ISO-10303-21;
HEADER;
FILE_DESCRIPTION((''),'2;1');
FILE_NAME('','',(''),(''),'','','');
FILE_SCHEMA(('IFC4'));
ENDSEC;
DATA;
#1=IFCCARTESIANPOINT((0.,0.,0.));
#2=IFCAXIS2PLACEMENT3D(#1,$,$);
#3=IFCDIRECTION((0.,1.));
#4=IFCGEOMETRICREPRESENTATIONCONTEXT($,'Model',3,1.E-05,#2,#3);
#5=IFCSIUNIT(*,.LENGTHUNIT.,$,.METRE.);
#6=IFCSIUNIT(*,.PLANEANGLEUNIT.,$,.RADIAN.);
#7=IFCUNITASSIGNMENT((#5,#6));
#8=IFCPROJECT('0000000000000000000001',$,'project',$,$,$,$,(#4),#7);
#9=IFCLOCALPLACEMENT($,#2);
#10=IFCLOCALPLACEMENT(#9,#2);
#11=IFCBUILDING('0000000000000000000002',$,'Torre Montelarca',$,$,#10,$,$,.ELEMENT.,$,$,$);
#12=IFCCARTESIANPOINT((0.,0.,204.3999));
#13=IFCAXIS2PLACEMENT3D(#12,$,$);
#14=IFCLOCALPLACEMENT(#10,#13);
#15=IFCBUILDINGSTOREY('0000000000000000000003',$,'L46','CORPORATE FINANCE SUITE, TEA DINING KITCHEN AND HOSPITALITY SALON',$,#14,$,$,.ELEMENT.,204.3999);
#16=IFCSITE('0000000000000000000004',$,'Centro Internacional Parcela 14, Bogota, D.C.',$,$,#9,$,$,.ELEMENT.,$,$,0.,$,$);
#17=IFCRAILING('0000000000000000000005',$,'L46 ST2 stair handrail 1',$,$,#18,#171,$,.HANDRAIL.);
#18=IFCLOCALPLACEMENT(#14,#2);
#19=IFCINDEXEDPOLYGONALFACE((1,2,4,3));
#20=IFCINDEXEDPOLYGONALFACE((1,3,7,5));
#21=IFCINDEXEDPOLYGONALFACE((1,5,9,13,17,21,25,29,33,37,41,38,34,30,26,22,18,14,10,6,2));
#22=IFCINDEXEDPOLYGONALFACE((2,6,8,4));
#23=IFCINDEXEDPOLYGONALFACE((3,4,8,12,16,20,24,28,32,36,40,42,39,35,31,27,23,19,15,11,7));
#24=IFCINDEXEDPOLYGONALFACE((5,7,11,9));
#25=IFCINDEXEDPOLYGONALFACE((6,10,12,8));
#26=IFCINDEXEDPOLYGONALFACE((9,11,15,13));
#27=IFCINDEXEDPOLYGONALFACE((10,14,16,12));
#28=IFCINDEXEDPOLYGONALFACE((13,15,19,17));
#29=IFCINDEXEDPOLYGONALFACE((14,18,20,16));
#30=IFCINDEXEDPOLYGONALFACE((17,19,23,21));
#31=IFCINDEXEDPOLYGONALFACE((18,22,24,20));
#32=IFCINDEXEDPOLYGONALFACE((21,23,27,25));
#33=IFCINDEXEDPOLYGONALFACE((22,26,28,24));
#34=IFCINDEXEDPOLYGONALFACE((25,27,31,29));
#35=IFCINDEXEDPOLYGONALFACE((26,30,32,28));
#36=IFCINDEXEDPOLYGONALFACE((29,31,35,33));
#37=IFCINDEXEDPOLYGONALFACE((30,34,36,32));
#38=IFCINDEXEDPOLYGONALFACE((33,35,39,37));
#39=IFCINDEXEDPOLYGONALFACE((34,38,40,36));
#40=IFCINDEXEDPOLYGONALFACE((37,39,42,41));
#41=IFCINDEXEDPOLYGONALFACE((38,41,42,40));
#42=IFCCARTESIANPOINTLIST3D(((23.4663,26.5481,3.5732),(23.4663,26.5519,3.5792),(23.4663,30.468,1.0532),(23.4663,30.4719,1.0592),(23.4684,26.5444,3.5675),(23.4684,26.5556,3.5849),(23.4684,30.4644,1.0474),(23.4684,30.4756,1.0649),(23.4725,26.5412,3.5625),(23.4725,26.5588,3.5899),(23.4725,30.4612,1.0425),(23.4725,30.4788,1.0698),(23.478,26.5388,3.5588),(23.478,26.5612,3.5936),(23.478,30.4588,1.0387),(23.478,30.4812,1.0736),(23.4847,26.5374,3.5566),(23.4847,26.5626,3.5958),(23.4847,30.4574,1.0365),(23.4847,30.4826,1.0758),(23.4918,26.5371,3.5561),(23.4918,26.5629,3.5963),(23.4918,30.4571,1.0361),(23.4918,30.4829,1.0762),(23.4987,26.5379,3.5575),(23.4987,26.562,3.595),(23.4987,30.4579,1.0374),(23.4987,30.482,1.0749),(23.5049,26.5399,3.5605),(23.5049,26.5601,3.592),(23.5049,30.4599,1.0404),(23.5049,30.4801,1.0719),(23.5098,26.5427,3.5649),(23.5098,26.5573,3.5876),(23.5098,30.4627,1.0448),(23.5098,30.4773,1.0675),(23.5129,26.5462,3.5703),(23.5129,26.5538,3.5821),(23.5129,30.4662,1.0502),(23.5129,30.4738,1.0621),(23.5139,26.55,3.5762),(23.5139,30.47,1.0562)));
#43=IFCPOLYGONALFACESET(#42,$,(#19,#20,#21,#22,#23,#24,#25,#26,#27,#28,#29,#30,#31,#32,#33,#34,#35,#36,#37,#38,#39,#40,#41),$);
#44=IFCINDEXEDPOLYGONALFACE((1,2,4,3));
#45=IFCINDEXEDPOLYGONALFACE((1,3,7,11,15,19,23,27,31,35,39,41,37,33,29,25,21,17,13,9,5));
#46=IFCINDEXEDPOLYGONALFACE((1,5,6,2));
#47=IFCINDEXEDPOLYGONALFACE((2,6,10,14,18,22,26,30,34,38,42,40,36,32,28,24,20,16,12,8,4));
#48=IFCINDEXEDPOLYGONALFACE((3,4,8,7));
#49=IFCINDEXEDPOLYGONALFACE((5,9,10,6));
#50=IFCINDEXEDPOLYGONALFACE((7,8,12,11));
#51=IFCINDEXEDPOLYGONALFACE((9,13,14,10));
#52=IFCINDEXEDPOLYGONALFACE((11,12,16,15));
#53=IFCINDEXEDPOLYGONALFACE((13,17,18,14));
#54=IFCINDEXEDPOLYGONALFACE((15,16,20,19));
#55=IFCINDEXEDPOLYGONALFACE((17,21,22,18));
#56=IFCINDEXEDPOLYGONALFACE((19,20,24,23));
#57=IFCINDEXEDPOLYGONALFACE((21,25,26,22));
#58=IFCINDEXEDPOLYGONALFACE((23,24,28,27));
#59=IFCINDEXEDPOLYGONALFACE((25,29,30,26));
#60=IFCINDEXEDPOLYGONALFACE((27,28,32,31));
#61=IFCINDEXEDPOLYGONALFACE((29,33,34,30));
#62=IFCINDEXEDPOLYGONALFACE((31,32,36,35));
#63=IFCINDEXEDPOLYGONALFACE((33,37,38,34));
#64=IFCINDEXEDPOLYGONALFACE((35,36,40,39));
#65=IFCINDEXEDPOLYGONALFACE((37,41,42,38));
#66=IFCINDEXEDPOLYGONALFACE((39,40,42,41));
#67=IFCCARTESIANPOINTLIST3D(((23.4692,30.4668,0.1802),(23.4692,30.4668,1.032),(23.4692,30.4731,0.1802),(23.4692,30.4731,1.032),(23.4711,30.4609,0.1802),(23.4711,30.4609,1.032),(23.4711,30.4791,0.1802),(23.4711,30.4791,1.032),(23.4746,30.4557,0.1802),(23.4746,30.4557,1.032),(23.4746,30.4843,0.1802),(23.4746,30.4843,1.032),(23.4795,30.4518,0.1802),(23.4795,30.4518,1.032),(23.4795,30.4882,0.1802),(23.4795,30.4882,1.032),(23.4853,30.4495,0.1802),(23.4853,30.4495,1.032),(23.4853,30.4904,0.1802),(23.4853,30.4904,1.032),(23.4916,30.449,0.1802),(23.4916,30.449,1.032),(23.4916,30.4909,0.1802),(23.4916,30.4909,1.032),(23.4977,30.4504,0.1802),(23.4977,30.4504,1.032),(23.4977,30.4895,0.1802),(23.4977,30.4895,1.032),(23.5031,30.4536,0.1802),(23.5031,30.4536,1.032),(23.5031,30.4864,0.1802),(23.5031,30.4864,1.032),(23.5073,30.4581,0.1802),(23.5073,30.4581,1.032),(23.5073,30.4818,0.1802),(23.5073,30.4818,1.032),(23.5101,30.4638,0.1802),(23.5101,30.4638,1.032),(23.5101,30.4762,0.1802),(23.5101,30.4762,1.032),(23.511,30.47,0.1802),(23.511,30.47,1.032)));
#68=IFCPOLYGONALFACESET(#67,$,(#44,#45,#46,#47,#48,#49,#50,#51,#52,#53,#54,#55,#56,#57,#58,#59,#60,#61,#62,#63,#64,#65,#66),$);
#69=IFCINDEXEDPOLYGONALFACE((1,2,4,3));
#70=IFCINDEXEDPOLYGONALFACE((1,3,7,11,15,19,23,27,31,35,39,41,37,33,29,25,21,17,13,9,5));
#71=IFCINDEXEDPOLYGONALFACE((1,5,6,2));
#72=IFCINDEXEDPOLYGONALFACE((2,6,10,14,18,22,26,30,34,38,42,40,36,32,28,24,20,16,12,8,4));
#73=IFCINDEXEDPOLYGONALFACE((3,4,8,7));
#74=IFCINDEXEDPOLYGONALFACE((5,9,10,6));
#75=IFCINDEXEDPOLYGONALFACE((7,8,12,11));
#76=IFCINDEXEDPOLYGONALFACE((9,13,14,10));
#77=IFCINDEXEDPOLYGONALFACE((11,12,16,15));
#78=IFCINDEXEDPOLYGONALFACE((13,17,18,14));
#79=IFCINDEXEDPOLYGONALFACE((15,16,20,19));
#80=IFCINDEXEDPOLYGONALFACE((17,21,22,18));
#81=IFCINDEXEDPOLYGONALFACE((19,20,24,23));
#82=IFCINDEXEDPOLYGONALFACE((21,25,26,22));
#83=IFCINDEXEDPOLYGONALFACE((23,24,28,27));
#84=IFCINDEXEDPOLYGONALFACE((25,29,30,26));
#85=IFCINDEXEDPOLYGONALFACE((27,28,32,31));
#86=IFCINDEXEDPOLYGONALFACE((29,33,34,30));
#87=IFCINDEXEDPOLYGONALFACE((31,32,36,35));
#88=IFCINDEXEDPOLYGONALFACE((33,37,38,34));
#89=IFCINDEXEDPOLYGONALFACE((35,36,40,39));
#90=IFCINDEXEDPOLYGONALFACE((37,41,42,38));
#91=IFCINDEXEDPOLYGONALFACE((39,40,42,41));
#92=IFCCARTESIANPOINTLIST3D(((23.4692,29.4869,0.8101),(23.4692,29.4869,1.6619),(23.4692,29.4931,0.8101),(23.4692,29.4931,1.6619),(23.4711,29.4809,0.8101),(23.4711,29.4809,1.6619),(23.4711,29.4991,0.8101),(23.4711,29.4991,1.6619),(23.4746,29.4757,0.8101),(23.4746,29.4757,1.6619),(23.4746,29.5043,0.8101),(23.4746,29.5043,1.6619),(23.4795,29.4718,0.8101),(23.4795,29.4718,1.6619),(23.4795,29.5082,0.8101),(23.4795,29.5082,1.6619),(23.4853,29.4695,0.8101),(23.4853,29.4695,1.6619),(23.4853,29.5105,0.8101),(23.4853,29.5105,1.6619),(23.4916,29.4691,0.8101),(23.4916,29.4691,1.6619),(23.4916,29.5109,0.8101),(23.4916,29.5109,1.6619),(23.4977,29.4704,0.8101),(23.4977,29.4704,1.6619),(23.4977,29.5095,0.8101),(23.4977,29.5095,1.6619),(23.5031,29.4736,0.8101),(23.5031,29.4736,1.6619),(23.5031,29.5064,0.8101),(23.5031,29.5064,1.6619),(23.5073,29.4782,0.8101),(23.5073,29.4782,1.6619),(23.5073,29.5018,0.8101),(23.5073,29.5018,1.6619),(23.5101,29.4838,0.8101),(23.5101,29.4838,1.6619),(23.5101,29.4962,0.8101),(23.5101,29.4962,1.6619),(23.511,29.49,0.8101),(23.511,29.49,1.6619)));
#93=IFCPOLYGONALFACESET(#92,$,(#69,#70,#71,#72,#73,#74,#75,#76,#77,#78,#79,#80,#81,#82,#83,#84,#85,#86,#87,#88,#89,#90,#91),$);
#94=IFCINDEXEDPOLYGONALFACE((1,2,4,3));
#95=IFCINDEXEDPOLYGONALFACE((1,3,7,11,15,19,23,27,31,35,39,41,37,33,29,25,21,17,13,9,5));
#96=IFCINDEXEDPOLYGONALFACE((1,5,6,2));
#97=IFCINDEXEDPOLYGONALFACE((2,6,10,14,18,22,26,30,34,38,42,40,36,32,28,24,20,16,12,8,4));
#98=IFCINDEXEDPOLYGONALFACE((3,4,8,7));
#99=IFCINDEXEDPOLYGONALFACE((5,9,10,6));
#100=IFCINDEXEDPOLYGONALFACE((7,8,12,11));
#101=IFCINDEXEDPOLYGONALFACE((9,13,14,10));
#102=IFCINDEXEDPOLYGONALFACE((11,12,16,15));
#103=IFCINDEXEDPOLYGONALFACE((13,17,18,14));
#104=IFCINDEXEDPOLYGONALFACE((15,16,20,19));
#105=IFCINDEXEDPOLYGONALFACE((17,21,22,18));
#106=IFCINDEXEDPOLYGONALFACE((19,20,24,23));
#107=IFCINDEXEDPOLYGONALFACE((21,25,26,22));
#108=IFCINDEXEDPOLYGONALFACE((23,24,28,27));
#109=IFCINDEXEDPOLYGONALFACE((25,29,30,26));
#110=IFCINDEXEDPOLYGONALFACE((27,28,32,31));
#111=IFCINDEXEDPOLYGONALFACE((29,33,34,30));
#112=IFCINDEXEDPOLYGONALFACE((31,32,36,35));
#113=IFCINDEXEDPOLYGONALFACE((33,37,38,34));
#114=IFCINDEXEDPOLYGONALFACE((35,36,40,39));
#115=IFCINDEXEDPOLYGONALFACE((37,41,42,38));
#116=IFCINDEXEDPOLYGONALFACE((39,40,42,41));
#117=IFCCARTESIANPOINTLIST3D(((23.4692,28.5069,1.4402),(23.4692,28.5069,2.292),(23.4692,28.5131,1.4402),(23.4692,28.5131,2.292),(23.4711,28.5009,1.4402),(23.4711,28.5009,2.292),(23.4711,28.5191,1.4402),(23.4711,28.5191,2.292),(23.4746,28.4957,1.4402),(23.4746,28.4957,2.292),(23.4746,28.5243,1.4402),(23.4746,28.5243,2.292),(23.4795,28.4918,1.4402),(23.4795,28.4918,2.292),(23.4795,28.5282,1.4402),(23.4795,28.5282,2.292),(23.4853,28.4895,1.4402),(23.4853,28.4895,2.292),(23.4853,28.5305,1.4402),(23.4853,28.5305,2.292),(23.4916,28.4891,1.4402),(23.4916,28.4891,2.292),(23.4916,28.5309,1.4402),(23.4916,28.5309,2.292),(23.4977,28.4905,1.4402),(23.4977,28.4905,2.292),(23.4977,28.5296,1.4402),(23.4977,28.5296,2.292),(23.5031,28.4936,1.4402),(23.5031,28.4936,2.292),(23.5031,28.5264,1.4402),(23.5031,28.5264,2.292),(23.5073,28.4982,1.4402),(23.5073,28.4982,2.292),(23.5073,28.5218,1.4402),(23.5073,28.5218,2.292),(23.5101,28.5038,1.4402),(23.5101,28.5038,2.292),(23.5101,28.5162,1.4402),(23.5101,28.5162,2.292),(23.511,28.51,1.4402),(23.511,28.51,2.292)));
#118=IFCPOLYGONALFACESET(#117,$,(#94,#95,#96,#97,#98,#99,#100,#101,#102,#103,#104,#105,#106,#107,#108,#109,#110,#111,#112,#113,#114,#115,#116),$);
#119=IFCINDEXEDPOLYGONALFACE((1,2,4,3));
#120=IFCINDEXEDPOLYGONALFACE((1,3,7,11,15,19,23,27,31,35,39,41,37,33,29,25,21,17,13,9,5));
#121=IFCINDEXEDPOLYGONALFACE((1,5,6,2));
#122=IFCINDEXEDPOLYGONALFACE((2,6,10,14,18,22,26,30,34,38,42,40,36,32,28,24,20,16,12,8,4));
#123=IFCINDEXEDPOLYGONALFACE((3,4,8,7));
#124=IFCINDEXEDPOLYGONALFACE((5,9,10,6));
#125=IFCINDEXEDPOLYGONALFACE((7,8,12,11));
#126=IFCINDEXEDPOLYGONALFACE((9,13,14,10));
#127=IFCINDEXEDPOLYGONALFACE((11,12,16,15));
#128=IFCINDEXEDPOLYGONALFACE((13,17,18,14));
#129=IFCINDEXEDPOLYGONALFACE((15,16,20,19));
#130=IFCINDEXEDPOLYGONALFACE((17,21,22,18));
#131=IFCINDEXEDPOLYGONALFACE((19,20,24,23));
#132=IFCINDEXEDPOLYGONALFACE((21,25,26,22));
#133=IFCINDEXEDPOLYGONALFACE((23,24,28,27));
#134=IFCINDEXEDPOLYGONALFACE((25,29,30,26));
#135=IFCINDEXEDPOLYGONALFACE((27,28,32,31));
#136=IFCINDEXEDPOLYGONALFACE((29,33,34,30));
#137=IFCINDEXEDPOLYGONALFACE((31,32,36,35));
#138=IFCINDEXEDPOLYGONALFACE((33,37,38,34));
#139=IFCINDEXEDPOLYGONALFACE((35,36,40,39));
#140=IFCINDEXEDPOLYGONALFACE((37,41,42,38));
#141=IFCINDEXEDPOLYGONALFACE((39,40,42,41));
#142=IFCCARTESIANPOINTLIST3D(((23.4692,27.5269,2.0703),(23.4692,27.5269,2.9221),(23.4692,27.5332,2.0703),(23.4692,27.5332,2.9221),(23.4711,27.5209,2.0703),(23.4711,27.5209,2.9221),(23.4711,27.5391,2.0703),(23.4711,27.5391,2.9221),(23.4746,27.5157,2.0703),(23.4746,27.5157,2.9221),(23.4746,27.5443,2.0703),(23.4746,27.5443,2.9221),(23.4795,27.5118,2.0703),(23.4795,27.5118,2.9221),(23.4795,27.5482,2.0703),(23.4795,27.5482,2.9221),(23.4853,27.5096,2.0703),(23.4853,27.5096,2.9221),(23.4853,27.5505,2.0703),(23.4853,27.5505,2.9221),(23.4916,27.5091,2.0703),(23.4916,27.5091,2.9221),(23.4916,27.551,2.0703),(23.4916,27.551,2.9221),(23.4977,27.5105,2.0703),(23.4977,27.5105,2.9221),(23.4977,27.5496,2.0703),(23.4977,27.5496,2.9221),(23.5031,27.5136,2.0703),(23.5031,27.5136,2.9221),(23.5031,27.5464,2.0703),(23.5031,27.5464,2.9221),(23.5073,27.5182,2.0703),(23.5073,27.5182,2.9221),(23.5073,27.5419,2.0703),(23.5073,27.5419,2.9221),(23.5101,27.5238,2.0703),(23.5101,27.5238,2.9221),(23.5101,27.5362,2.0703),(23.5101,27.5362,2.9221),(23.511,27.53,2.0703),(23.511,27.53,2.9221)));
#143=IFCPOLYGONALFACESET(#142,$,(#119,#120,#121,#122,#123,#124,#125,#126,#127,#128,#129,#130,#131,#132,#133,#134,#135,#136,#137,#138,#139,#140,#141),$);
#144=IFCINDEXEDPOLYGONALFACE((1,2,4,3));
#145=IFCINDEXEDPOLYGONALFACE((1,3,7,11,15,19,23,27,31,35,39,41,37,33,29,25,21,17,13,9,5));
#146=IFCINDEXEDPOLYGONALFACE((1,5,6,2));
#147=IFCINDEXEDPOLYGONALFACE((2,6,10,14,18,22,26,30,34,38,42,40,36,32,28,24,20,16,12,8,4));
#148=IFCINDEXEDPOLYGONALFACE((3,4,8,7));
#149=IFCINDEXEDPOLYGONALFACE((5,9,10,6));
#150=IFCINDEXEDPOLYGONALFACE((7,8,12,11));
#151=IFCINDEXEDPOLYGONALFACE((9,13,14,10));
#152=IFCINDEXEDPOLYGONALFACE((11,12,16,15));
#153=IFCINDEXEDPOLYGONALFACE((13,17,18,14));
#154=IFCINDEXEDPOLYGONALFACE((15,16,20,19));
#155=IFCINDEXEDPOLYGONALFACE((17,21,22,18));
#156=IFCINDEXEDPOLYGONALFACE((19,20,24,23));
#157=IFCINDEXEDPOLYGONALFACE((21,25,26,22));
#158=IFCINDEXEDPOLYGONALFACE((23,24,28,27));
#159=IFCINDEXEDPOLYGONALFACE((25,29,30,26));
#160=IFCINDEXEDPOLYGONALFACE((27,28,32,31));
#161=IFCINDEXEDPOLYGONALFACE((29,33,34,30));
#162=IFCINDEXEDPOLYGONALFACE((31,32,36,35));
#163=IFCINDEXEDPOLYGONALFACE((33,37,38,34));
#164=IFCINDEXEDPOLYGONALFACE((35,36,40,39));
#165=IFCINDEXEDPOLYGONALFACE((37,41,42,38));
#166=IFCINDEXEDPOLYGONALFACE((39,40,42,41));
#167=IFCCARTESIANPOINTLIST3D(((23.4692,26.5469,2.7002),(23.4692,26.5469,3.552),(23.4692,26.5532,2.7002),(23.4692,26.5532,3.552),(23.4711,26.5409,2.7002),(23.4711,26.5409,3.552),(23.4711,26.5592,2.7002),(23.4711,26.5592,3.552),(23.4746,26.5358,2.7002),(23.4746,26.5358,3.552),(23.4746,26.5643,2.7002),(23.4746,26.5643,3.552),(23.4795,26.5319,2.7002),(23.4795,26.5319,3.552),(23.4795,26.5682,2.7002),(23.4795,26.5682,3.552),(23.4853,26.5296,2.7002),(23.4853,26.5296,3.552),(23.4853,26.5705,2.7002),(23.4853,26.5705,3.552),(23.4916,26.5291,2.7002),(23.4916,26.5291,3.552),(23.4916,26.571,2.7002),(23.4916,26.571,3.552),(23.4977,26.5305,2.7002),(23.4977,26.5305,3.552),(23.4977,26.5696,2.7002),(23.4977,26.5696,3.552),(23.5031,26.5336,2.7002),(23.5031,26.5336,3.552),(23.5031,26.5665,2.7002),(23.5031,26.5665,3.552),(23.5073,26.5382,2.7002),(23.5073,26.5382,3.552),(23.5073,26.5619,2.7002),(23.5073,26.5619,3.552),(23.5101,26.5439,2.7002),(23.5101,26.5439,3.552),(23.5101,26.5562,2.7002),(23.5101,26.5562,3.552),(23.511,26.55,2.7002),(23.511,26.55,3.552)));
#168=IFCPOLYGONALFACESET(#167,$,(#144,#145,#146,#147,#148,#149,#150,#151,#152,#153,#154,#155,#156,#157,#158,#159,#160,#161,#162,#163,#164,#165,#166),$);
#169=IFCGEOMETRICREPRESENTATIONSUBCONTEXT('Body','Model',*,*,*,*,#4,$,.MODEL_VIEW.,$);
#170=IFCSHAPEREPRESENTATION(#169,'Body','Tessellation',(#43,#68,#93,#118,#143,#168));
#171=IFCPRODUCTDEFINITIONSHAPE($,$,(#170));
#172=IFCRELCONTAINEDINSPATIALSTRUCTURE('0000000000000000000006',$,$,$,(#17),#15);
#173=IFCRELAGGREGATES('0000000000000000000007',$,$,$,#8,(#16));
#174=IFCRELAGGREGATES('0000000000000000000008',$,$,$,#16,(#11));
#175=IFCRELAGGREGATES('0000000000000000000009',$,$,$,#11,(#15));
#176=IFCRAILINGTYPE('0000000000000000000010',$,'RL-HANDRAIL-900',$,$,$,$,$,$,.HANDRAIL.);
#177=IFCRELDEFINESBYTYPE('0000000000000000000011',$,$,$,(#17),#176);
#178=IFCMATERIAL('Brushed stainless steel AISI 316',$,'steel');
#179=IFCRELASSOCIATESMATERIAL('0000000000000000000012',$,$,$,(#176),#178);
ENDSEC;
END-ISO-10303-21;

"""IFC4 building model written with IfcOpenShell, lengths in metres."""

from ifc_helpers import new_model, si_unit, direction, frame, origin, origin_2d, place, context, subcontext, project, spatial, circle, extrude, material, type_object, element, save


model = new_model("IFC4")

# Units and contexts
model_context = context("Model", 3, precision=1e-05, world=origin(), true_north=direction((0.0, 1.0)))
body_context = subcontext(model_context, "Body", "Model", "MODEL_VIEW")
ifc_project = project(units=[si_unit("LENGTHUNIT", "METRE"), si_unit("PLANEANGLEUNIT", "RADIAN")], contexts=[model_context])

# Site, building, storey
site_placement = place(None, origin())
site = spatial("IfcSite", under=ifc_project, at=site_placement, Name="Centro Internacional Parcela 14, Bogota, D.C.", CompositionType="ELEMENT", RefElevation=0.0)
building_placement = place(site_placement, origin())
building = spatial("IfcBuilding", under=site, at=building_placement, Name="Torre Montelarca", CompositionType="ELEMENT")
storey_placement = place(building_placement, frame((0.0, 0.0, 204.3999)))
storey = spatial("IfcBuildingStorey", under=building, at=storey_placement, Name="L46", Description="CORPORATE FINANCE SUITE, TEA DINING KITCHEN AND HOSPITALITY SALON", CompositionType="ELEMENT", Elevation=204.3999)

# Shared definitions
ifc_material_1 = material(Name="Brushed stainless steel AISI 316", Category="steel")

# Railing
railing_type_1 = type_object("IfcRailingType", Name="RL-HANDRAIL-900", PredefinedType="HANDRAIL", material=ifc_material_1)
railing_1_placement = place(storey_placement, frame((23.49, 30.47, 0.1802)))
element("IfcRailing", 1, at=railing_1_placement, inside=storey, type_object=railing_type_1, Name="L46 ST2 stair handrail 1", PredefinedType="HANDRAIL", context=body_context, shape_type="SweptSolid", body=[
    extrude(circle(Radius=0.0239, at=origin_2d()), frame((0.0, 0.0, 0.876), z_axis=(0.0, -0.841172, 0.540768), x_axis=(1.0, 0.0, 0.0)), (0.0, 0.0, 1.0), 4.6602),
    extrude(circle(Radius=0.021, at=origin_2d()), origin(), (0.0, 0.0, 1.0), 0.8518),
    extrude(circle(Radius=0.021, at=origin_2d()), frame((0.0, -0.98, 0.6299)), (0.0, 0.0, 1.0), 0.8518),
    extrude(circle(Radius=0.021, at=origin_2d()), frame((0.0, -1.96, 1.26)), (0.0, 0.0, 1.0), 0.8518),
    extrude(circle(Radius=0.021, at=origin_2d()), frame((0.0, -2.9399, 1.8901)), (0.0, 0.0, 1.0), 0.8518),
    extrude(circle(Radius=0.021, at=origin_2d()), frame((0.0, -3.9199, 2.52)), (0.0, 0.0, 1.0), 0.8518),
])

save(model, "model.ifc")
